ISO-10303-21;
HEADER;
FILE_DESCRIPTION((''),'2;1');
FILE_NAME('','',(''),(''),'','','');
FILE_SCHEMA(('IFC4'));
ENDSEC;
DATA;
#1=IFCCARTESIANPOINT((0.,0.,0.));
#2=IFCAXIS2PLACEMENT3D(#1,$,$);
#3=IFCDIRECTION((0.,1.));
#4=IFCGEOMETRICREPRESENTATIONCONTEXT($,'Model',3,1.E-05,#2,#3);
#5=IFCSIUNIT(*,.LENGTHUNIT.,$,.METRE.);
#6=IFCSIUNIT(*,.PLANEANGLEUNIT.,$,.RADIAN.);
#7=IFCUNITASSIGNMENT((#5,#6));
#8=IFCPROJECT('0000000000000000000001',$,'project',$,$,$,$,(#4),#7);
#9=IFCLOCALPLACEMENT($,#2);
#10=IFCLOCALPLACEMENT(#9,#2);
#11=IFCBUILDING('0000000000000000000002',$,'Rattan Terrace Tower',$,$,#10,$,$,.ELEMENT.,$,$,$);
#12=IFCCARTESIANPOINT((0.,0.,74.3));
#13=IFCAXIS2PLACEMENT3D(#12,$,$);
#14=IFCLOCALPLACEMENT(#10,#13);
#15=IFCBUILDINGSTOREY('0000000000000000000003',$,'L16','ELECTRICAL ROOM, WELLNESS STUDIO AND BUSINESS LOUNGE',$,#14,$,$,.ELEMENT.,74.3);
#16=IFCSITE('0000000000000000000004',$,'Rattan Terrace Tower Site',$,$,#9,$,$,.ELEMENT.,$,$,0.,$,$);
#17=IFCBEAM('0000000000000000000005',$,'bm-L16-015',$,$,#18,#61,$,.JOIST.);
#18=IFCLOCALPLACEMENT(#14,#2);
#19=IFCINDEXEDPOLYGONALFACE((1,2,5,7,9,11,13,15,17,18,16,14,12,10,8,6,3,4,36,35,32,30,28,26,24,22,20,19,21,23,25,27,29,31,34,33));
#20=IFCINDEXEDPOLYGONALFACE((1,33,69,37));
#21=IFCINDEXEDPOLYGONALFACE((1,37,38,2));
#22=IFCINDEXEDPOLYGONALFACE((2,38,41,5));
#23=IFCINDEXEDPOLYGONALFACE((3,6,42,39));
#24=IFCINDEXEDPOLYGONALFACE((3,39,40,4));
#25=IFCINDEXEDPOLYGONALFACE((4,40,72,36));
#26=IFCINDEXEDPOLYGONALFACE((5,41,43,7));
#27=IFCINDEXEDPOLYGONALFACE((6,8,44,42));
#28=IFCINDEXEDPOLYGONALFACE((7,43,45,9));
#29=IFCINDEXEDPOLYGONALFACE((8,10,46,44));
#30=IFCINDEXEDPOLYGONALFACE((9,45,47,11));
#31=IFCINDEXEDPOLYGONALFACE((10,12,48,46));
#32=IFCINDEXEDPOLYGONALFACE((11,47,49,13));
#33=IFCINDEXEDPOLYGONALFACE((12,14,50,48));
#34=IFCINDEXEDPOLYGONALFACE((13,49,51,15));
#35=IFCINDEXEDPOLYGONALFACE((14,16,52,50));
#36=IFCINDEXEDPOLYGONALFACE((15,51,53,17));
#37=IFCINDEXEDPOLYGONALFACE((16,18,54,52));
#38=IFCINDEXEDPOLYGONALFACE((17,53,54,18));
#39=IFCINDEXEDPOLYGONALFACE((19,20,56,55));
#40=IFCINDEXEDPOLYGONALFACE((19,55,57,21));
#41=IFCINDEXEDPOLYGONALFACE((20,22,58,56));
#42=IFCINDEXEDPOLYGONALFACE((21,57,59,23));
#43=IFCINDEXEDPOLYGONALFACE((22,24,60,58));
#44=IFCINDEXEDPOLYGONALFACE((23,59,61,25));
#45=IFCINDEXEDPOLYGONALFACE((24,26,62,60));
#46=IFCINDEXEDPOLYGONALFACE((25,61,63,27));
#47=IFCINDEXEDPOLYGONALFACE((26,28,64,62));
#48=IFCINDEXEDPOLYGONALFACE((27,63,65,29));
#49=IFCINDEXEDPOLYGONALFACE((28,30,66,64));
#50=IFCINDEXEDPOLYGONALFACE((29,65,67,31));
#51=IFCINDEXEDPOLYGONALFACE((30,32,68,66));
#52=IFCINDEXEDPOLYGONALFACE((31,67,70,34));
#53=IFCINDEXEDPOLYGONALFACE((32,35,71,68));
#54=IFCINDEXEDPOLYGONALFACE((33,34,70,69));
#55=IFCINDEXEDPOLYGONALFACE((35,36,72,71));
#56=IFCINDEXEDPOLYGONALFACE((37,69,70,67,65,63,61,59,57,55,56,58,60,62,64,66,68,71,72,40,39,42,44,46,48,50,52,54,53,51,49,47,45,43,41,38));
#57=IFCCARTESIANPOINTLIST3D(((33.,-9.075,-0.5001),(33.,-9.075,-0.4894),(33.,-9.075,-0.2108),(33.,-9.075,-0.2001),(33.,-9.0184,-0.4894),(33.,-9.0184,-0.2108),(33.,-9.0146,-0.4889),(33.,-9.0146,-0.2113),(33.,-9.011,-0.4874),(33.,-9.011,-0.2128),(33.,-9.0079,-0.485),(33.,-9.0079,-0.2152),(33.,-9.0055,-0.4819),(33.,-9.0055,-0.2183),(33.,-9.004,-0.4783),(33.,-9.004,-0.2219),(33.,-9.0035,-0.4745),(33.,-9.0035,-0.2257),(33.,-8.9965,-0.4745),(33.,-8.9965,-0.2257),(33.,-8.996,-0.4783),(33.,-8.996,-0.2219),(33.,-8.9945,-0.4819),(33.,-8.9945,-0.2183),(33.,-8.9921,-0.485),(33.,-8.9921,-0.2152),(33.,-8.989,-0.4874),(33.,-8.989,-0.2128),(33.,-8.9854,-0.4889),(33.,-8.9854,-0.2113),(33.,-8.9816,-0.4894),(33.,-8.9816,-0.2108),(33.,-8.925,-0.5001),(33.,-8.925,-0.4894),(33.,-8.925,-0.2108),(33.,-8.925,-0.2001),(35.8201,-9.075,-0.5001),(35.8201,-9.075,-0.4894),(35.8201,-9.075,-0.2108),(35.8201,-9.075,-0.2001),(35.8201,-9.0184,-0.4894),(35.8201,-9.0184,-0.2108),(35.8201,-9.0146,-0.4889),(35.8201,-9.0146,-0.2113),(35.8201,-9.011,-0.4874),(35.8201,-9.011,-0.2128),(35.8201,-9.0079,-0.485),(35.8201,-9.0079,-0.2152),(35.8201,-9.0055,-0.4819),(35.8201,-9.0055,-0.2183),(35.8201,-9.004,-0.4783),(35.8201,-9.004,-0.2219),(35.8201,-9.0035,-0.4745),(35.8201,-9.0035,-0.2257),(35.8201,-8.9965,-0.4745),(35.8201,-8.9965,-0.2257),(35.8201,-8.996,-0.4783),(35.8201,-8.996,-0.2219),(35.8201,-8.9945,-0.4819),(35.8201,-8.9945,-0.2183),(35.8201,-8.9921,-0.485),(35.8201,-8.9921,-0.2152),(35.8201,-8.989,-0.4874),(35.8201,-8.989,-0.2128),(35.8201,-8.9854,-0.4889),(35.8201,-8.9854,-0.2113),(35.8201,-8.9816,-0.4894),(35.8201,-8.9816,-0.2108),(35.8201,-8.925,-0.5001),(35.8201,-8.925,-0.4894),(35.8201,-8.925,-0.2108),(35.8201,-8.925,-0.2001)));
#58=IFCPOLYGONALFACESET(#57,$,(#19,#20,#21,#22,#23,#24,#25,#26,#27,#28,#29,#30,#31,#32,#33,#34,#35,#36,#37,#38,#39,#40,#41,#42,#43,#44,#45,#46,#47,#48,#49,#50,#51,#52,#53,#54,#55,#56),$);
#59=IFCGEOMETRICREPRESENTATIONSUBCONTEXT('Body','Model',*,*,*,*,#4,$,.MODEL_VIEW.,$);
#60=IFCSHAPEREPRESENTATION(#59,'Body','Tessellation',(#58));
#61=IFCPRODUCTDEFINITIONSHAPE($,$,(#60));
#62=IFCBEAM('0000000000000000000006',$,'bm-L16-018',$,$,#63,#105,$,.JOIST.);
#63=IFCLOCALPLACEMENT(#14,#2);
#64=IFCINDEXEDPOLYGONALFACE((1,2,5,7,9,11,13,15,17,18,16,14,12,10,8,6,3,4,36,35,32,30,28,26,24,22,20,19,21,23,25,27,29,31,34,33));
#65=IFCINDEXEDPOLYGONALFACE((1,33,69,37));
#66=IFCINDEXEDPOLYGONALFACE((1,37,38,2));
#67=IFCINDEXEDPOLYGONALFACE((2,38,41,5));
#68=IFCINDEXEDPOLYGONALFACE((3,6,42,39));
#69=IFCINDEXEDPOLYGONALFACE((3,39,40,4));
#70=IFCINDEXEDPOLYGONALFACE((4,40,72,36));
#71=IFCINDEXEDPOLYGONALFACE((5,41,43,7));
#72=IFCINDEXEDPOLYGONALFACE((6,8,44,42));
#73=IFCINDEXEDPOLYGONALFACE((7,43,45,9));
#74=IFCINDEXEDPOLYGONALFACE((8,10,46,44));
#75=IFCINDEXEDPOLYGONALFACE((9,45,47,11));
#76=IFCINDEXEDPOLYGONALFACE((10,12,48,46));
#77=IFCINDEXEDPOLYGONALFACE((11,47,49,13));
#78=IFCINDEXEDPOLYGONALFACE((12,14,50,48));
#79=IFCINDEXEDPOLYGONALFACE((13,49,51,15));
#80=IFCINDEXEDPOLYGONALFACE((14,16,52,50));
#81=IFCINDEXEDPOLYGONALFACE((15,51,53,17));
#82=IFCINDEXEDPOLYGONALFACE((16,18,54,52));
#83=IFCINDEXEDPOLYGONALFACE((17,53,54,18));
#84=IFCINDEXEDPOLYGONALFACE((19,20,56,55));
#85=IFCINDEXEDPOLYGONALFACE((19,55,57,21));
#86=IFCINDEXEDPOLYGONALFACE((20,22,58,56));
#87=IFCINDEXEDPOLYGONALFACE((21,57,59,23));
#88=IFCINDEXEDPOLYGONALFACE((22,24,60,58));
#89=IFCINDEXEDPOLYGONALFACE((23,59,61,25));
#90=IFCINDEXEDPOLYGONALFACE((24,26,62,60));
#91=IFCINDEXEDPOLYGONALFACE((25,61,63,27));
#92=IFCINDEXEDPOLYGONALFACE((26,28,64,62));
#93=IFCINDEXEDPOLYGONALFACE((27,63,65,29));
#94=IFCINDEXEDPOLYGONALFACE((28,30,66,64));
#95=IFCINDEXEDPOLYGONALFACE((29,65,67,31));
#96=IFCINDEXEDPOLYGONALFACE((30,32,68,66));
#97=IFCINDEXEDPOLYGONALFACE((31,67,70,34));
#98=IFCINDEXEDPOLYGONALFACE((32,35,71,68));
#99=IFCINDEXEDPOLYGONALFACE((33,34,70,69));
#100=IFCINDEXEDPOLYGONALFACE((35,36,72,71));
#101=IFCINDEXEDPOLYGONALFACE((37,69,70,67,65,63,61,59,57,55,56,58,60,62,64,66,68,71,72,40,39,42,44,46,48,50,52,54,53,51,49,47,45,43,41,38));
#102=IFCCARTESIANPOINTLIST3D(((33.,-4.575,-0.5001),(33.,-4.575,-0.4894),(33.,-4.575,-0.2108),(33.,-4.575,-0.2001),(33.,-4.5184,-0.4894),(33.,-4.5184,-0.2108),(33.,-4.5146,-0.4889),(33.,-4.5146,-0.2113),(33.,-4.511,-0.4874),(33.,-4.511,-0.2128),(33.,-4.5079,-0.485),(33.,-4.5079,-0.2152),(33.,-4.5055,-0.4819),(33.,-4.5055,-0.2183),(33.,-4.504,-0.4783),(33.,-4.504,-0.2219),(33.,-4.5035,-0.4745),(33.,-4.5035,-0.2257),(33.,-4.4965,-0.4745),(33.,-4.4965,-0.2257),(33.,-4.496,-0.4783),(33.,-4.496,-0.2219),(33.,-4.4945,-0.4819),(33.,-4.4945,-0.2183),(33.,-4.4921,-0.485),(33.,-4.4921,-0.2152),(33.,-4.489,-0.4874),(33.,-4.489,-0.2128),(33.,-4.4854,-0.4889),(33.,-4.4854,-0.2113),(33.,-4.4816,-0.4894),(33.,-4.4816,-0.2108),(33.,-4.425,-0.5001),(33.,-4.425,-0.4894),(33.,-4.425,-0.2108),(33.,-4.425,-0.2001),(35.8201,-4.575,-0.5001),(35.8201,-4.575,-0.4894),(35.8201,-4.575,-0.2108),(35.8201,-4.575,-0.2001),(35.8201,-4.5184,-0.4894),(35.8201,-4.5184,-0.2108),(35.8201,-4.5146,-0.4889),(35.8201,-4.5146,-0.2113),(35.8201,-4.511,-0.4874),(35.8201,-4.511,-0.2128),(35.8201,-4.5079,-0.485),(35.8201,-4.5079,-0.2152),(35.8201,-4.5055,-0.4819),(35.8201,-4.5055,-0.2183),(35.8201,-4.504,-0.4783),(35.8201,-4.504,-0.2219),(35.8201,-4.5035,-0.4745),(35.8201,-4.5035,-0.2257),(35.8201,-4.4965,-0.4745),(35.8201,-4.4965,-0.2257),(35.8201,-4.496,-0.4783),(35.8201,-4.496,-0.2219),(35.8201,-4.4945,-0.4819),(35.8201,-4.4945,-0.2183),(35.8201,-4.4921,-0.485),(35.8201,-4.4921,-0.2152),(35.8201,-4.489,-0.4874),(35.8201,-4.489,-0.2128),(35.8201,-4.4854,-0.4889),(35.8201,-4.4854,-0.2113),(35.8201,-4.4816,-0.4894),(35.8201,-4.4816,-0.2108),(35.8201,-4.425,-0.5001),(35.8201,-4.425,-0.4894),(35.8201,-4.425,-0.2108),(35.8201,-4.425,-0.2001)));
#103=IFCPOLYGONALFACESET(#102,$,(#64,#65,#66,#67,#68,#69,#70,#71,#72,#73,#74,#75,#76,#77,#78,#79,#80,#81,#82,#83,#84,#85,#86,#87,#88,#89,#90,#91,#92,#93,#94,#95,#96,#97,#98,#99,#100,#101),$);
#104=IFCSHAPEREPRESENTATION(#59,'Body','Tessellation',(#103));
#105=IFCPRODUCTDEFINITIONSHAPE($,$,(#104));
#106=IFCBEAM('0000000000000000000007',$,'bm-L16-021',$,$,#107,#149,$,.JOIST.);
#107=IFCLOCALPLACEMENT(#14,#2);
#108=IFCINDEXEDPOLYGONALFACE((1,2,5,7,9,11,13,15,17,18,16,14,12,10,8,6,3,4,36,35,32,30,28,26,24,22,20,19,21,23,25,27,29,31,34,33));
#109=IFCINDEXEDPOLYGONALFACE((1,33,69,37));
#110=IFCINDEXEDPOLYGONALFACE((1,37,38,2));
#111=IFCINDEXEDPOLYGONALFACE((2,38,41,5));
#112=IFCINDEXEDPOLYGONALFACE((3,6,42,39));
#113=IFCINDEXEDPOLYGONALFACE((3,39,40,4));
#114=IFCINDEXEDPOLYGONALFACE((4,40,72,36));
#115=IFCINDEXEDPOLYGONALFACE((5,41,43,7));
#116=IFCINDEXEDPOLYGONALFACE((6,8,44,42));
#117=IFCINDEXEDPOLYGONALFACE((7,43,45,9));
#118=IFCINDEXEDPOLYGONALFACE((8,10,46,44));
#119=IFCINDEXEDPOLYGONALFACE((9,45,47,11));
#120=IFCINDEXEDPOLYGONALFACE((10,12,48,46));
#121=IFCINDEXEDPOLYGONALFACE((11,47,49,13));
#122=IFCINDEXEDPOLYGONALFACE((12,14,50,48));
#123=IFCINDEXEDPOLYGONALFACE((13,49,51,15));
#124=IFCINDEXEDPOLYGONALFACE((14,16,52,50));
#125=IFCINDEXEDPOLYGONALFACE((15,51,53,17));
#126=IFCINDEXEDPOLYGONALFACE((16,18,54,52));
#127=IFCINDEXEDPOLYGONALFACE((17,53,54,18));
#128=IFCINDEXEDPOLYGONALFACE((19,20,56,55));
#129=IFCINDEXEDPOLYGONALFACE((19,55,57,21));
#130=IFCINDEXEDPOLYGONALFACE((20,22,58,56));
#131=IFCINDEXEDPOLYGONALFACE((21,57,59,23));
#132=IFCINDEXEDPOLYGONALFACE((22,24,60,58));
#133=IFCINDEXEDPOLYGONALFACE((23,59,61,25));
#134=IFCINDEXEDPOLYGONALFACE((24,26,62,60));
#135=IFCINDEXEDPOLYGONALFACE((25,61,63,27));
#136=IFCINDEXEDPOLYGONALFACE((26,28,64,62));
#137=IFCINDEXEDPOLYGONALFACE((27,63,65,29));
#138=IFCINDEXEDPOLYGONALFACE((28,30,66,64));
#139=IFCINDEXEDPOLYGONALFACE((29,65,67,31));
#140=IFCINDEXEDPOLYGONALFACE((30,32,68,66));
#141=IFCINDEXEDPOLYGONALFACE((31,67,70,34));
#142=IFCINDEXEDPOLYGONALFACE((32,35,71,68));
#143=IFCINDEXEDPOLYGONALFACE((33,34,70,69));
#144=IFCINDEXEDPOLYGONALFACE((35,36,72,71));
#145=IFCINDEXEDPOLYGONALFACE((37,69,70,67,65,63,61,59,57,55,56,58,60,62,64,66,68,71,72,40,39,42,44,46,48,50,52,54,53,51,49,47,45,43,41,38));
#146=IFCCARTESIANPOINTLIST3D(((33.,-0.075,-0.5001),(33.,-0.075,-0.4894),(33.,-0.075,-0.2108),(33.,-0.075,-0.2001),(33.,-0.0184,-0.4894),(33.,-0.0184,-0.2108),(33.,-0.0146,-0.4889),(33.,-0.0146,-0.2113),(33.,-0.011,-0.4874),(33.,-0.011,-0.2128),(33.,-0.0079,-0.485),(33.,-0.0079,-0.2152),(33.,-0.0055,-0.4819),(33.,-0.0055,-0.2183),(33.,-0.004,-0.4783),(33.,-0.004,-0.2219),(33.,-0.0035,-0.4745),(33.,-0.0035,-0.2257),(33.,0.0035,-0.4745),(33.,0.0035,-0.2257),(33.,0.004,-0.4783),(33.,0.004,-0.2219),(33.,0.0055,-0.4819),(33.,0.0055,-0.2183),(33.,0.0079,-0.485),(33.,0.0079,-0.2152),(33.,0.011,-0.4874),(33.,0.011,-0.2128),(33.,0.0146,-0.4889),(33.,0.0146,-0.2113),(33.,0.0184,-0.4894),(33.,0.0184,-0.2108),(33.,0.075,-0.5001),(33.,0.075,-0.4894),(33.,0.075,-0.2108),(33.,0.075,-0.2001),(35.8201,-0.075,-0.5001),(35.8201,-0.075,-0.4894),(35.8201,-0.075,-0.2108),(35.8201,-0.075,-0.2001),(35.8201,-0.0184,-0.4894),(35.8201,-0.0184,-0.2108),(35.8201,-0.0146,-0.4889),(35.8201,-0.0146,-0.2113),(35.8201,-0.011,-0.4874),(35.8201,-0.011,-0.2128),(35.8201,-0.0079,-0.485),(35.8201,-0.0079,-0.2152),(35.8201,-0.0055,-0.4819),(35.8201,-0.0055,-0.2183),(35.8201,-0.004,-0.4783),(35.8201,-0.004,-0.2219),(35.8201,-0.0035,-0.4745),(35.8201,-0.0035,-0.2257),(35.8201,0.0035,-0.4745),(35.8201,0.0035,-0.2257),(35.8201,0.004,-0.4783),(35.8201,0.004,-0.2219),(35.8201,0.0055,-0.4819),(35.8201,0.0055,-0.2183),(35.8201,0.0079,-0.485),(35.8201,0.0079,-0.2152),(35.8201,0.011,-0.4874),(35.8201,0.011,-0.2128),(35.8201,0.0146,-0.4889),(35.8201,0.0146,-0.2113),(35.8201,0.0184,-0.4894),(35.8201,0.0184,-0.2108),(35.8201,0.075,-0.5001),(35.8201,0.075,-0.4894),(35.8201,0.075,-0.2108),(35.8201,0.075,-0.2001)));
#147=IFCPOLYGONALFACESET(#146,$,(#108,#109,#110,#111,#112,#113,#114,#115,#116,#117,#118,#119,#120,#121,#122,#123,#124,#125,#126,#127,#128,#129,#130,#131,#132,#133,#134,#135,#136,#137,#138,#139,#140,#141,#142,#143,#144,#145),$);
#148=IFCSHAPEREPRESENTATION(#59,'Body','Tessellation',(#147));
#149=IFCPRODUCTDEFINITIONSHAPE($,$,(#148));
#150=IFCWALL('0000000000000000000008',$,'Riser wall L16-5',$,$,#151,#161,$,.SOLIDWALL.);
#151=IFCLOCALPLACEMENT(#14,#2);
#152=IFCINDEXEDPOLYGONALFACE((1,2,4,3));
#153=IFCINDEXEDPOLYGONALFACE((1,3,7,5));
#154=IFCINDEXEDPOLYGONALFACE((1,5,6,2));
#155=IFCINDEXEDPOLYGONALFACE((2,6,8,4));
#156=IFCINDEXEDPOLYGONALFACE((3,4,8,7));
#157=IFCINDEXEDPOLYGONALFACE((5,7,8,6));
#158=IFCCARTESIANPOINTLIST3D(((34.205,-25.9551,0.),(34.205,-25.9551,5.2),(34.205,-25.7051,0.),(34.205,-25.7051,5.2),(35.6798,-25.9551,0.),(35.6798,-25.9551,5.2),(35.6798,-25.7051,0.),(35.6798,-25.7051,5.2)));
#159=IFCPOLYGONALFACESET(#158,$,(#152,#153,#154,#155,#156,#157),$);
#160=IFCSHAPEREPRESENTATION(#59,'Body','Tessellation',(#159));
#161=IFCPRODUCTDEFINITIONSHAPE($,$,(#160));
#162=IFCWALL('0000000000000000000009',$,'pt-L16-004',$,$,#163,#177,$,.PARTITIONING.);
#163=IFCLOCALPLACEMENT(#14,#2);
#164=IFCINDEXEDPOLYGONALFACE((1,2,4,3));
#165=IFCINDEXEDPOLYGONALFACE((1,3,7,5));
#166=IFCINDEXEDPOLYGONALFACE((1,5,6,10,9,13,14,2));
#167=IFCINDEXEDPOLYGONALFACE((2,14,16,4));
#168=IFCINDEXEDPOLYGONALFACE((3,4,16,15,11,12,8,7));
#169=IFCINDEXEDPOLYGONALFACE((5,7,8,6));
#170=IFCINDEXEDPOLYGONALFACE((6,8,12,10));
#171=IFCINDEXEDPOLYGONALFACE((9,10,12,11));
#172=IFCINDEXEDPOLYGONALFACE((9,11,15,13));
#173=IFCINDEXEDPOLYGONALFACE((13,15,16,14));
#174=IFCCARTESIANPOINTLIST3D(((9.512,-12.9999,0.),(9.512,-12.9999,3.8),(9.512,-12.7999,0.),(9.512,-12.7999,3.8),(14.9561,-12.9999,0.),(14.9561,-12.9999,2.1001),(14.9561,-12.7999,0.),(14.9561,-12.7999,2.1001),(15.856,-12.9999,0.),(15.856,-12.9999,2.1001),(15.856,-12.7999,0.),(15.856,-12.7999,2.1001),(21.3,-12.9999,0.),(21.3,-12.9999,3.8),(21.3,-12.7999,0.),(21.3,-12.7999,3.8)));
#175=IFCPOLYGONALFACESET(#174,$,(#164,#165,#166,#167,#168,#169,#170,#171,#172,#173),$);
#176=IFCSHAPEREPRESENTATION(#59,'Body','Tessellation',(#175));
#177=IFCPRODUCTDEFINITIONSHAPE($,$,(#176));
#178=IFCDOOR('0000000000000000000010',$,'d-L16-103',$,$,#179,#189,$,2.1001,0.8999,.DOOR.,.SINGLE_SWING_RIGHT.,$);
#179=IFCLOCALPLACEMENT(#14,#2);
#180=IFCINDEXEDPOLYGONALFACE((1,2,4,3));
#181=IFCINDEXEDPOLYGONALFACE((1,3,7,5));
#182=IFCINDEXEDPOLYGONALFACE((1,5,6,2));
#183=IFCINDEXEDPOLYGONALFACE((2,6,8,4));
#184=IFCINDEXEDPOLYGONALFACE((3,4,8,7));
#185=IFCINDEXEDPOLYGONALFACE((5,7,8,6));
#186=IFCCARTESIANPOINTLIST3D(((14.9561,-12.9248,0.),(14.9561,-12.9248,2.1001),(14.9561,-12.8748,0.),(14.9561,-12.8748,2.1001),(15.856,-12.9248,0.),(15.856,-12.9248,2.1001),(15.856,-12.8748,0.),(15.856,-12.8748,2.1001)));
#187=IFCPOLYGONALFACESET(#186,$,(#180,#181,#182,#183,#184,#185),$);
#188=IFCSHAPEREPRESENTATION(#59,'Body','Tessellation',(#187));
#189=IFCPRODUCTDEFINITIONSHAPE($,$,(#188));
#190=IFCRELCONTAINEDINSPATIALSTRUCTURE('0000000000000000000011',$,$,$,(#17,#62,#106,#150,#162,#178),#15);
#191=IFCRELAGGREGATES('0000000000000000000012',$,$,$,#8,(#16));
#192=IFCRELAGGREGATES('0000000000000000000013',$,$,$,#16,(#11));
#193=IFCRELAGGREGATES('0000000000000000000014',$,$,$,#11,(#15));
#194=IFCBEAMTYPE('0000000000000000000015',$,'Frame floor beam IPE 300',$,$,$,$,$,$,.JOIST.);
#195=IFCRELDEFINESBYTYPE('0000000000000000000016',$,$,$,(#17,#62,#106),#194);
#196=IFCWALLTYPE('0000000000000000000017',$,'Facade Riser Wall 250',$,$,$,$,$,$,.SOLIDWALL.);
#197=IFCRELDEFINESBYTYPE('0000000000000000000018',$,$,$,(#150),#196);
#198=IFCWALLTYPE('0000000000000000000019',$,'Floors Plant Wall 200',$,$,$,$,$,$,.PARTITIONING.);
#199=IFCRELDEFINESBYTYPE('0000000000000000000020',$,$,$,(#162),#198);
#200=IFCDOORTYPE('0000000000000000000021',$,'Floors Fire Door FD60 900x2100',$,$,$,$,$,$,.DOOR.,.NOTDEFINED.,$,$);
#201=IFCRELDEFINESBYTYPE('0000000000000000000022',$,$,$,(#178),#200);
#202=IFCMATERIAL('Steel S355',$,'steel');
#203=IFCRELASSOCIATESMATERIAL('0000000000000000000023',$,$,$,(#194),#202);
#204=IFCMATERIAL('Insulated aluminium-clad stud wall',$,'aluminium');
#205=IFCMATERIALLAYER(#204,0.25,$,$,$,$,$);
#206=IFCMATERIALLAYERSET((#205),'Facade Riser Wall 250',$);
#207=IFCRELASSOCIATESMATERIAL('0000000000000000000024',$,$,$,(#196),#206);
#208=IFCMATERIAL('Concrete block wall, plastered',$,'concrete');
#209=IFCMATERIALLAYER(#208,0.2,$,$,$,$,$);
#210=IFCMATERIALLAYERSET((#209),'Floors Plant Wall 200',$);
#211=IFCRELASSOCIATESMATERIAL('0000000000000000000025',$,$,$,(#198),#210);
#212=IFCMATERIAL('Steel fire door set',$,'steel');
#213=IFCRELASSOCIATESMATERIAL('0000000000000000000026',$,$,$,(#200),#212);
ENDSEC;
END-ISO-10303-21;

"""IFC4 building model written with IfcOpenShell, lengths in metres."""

from ifc_helpers import new_model, si_unit, direction, frame, frame_2d, origin, origin_2d, place, context, subcontext, project, spatial, rectangle, i_section, extrude, material, layer, layer_set, material_profile, profile_set, type_object, element, fill, save


model = new_model("IFC4")

# Units and contexts
model_context = context("Model", 3, precision=1e-05, world=origin(), true_north=direction((0.0, 1.0)))
body_context = subcontext(model_context, "Body", "Model", "MODEL_VIEW")
ifc_project = project(units=[si_unit("LENGTHUNIT", "METRE"), si_unit("PLANEANGLEUNIT", "RADIAN")], contexts=[model_context])

# Site, building, storey
site_placement = place(None, origin())
site = spatial("IfcSite", under=ifc_project, at=site_placement, Name="Rattan Terrace Tower Site", CompositionType="ELEMENT", RefElevation=0.0)
building_placement = place(site_placement, origin())
building = spatial("IfcBuilding", under=site, at=building_placement, Name="Rattan Terrace Tower", CompositionType="ELEMENT")
storey_placement = place(building_placement, frame((0.0, 0.0, 74.3)))
storey = spatial("IfcBuildingStorey", under=building, at=storey_placement, Name="L16", Description="ELECTRICAL ROOM, WELLNESS STUDIO AND BUSINESS LOUNGE", CompositionType="ELEMENT", Elevation=74.3)

# Beams
ifc_material_1 = material(Name="Steel S355", Category="steel")
ifc_material_profile_1 = material_profile(ifc_material_1, i_section(OverallWidth=0.1499, OverallDepth=0.3, WebThickness=0.0071, FlangeThickness=0.0107, FilletRadius=0.0149, at=origin_2d()), Name="IPE 300")
ifc_profile_set_1 = profile_set([ifc_material_profile_1], Name="Steel S355")
beam_type_1 = type_object("IfcBeamType", Name="Frame floor beam IPE 300", PredefinedType="JOIST", material=ifc_profile_set_1)
for number, where, z_axis, x_axis, name in (
    (1, (33.0, -9.0, -0.3501), (1.0, 0.0, 0.0), (0.0, 1.0, 0.0), "bm-L16-015"),
    (2, (33.0, -4.5, -0.3501), (1.0, 0.0, 0.0), (0.0, 1.0, 0.0), "bm-L16-018"),
    (3, (33.0, 0.0, -0.3501), (1.0, 0.0, 0.0), (0.0, 1.0, 0.0), "bm-L16-021"),
):
    element("IfcBeam", number, at=place(storey_placement, frame(where, z_axis=z_axis, x_axis=x_axis)), inside=storey, type_object=beam_type_1, Name=name, PredefinedType="JOIST", context=body_context, shape_type="SweptSolid", body=[
        extrude(i_section(OverallWidth=0.1499, OverallDepth=0.3, WebThickness=0.0071, FlangeThickness=0.0107, FilletRadius=0.0149, at=origin_2d()), origin(), (0.0, 0.0, 1.0), 2.8201),
    ])

# Wall
ifc_material_2 = material(Name="Insulated aluminium-clad stud wall", Category="aluminium")
ifc_layer_1 = layer(ifc_material_2, 0.25)
ifc_layer_set_1 = layer_set([ifc_layer_1], Name="Facade Riser Wall 250")
wall_type_1 = type_object("IfcWallType", Name="Facade Riser Wall 250", PredefinedType="SOLIDWALL", material=ifc_layer_set_1)
wall_1_placement = place(storey_placement, frame((34.2051, -25.8301, 0.0), z_axis=(0.0, 0.0, 1.0), x_axis=(1.0, 0.0, 0.0)))
element("IfcWall", 4, at=wall_1_placement, inside=storey, type_object=wall_type_1, Name="Riser wall L16-5", PredefinedType="SOLIDWALL", context=body_context, shape_type="SweptSolid", body=[
    extrude(rectangle(XDim=1.4749, YDim=0.25, at=frame_2d((0.7373, 0.0))), origin(), (0.0, 0.0, 1.0), 5.2),
])

# Wall, opening, door
ifc_material_3 = material(Name="Concrete block wall, plastered", Category="concrete")
ifc_layer_2 = layer(ifc_material_3, 0.2)
ifc_layer_set_2 = layer_set([ifc_layer_2], Name="Floors Plant Wall 200")
wall_type_2 = type_object("IfcWallType", Name="Floors Plant Wall 200", PredefinedType="PARTITIONING", material=ifc_layer_set_2)
wall_2_placement = place(storey_placement, frame((21.3, -12.8999, 0.0), z_axis=(0.0, 0.0, 1.0), x_axis=(-1.0, 0.0, 0.0)))
wall_2 = element("IfcWall", 5, at=wall_2_placement, inside=storey, type_object=wall_type_2, Name="pt-L16-004", PredefinedType="PARTITIONING", context=body_context, shape_type="SweptSolid", body=[
    extrude(rectangle(XDim=11.7881, YDim=0.2, at=frame_2d((5.894, 0.0))), origin(), (0.0, 0.0, 1.0), 3.8),
])
opening_1_placement = place(wall_2_placement, frame((5.4441, 0.0, 0.0)))
opening_1 = element("IfcOpeningElement", 6, at=opening_1_placement, cuts=wall_2, PredefinedType="OPENING", context=body_context, shape_type="SweptSolid", body=[
    extrude(rectangle(XDim=0.8999, YDim=2.1001, at=frame_2d((0.45, 1.05))), frame((0.0, 0.1106, 0.0), z_axis=(0.0, -1.0, 0.0), x_axis=(1.0, 0.0, 0.0)), (0.0, 0.0, 1.0), 0.2209),
])
ifc_material_4 = material(Name="Steel fire door set", Category="steel")
door_type_1 = type_object("IfcDoorType", Name="Floors Fire Door FD60 900x2100", OperationType="NOTDEFINED", PredefinedType="DOOR", material=ifc_material_4)
door_1_placement = place(opening_1_placement, origin())
door_1 = element("IfcDoor", 7, at=door_1_placement, inside=storey, type_object=door_type_1, Name="d-L16-103", OperationType="SINGLE_SWING_RIGHT", OverallHeight=2.1001, OverallWidth=0.8999, PredefinedType="DOOR", context=body_context, shape_type="SweptSolid", body=[
    extrude(rectangle(XDim=0.8999, YDim=2.1001, at=frame_2d((0.45, 1.05))), frame((0.0, 0.0249, 0.0), z_axis=(0.0, -1.0, 0.0), x_axis=(1.0, 0.0, 0.0)), (0.0, 0.0, 1.0), 0.05),
])
fill(opening_1, door_1)

save(model, "model.ifc")
